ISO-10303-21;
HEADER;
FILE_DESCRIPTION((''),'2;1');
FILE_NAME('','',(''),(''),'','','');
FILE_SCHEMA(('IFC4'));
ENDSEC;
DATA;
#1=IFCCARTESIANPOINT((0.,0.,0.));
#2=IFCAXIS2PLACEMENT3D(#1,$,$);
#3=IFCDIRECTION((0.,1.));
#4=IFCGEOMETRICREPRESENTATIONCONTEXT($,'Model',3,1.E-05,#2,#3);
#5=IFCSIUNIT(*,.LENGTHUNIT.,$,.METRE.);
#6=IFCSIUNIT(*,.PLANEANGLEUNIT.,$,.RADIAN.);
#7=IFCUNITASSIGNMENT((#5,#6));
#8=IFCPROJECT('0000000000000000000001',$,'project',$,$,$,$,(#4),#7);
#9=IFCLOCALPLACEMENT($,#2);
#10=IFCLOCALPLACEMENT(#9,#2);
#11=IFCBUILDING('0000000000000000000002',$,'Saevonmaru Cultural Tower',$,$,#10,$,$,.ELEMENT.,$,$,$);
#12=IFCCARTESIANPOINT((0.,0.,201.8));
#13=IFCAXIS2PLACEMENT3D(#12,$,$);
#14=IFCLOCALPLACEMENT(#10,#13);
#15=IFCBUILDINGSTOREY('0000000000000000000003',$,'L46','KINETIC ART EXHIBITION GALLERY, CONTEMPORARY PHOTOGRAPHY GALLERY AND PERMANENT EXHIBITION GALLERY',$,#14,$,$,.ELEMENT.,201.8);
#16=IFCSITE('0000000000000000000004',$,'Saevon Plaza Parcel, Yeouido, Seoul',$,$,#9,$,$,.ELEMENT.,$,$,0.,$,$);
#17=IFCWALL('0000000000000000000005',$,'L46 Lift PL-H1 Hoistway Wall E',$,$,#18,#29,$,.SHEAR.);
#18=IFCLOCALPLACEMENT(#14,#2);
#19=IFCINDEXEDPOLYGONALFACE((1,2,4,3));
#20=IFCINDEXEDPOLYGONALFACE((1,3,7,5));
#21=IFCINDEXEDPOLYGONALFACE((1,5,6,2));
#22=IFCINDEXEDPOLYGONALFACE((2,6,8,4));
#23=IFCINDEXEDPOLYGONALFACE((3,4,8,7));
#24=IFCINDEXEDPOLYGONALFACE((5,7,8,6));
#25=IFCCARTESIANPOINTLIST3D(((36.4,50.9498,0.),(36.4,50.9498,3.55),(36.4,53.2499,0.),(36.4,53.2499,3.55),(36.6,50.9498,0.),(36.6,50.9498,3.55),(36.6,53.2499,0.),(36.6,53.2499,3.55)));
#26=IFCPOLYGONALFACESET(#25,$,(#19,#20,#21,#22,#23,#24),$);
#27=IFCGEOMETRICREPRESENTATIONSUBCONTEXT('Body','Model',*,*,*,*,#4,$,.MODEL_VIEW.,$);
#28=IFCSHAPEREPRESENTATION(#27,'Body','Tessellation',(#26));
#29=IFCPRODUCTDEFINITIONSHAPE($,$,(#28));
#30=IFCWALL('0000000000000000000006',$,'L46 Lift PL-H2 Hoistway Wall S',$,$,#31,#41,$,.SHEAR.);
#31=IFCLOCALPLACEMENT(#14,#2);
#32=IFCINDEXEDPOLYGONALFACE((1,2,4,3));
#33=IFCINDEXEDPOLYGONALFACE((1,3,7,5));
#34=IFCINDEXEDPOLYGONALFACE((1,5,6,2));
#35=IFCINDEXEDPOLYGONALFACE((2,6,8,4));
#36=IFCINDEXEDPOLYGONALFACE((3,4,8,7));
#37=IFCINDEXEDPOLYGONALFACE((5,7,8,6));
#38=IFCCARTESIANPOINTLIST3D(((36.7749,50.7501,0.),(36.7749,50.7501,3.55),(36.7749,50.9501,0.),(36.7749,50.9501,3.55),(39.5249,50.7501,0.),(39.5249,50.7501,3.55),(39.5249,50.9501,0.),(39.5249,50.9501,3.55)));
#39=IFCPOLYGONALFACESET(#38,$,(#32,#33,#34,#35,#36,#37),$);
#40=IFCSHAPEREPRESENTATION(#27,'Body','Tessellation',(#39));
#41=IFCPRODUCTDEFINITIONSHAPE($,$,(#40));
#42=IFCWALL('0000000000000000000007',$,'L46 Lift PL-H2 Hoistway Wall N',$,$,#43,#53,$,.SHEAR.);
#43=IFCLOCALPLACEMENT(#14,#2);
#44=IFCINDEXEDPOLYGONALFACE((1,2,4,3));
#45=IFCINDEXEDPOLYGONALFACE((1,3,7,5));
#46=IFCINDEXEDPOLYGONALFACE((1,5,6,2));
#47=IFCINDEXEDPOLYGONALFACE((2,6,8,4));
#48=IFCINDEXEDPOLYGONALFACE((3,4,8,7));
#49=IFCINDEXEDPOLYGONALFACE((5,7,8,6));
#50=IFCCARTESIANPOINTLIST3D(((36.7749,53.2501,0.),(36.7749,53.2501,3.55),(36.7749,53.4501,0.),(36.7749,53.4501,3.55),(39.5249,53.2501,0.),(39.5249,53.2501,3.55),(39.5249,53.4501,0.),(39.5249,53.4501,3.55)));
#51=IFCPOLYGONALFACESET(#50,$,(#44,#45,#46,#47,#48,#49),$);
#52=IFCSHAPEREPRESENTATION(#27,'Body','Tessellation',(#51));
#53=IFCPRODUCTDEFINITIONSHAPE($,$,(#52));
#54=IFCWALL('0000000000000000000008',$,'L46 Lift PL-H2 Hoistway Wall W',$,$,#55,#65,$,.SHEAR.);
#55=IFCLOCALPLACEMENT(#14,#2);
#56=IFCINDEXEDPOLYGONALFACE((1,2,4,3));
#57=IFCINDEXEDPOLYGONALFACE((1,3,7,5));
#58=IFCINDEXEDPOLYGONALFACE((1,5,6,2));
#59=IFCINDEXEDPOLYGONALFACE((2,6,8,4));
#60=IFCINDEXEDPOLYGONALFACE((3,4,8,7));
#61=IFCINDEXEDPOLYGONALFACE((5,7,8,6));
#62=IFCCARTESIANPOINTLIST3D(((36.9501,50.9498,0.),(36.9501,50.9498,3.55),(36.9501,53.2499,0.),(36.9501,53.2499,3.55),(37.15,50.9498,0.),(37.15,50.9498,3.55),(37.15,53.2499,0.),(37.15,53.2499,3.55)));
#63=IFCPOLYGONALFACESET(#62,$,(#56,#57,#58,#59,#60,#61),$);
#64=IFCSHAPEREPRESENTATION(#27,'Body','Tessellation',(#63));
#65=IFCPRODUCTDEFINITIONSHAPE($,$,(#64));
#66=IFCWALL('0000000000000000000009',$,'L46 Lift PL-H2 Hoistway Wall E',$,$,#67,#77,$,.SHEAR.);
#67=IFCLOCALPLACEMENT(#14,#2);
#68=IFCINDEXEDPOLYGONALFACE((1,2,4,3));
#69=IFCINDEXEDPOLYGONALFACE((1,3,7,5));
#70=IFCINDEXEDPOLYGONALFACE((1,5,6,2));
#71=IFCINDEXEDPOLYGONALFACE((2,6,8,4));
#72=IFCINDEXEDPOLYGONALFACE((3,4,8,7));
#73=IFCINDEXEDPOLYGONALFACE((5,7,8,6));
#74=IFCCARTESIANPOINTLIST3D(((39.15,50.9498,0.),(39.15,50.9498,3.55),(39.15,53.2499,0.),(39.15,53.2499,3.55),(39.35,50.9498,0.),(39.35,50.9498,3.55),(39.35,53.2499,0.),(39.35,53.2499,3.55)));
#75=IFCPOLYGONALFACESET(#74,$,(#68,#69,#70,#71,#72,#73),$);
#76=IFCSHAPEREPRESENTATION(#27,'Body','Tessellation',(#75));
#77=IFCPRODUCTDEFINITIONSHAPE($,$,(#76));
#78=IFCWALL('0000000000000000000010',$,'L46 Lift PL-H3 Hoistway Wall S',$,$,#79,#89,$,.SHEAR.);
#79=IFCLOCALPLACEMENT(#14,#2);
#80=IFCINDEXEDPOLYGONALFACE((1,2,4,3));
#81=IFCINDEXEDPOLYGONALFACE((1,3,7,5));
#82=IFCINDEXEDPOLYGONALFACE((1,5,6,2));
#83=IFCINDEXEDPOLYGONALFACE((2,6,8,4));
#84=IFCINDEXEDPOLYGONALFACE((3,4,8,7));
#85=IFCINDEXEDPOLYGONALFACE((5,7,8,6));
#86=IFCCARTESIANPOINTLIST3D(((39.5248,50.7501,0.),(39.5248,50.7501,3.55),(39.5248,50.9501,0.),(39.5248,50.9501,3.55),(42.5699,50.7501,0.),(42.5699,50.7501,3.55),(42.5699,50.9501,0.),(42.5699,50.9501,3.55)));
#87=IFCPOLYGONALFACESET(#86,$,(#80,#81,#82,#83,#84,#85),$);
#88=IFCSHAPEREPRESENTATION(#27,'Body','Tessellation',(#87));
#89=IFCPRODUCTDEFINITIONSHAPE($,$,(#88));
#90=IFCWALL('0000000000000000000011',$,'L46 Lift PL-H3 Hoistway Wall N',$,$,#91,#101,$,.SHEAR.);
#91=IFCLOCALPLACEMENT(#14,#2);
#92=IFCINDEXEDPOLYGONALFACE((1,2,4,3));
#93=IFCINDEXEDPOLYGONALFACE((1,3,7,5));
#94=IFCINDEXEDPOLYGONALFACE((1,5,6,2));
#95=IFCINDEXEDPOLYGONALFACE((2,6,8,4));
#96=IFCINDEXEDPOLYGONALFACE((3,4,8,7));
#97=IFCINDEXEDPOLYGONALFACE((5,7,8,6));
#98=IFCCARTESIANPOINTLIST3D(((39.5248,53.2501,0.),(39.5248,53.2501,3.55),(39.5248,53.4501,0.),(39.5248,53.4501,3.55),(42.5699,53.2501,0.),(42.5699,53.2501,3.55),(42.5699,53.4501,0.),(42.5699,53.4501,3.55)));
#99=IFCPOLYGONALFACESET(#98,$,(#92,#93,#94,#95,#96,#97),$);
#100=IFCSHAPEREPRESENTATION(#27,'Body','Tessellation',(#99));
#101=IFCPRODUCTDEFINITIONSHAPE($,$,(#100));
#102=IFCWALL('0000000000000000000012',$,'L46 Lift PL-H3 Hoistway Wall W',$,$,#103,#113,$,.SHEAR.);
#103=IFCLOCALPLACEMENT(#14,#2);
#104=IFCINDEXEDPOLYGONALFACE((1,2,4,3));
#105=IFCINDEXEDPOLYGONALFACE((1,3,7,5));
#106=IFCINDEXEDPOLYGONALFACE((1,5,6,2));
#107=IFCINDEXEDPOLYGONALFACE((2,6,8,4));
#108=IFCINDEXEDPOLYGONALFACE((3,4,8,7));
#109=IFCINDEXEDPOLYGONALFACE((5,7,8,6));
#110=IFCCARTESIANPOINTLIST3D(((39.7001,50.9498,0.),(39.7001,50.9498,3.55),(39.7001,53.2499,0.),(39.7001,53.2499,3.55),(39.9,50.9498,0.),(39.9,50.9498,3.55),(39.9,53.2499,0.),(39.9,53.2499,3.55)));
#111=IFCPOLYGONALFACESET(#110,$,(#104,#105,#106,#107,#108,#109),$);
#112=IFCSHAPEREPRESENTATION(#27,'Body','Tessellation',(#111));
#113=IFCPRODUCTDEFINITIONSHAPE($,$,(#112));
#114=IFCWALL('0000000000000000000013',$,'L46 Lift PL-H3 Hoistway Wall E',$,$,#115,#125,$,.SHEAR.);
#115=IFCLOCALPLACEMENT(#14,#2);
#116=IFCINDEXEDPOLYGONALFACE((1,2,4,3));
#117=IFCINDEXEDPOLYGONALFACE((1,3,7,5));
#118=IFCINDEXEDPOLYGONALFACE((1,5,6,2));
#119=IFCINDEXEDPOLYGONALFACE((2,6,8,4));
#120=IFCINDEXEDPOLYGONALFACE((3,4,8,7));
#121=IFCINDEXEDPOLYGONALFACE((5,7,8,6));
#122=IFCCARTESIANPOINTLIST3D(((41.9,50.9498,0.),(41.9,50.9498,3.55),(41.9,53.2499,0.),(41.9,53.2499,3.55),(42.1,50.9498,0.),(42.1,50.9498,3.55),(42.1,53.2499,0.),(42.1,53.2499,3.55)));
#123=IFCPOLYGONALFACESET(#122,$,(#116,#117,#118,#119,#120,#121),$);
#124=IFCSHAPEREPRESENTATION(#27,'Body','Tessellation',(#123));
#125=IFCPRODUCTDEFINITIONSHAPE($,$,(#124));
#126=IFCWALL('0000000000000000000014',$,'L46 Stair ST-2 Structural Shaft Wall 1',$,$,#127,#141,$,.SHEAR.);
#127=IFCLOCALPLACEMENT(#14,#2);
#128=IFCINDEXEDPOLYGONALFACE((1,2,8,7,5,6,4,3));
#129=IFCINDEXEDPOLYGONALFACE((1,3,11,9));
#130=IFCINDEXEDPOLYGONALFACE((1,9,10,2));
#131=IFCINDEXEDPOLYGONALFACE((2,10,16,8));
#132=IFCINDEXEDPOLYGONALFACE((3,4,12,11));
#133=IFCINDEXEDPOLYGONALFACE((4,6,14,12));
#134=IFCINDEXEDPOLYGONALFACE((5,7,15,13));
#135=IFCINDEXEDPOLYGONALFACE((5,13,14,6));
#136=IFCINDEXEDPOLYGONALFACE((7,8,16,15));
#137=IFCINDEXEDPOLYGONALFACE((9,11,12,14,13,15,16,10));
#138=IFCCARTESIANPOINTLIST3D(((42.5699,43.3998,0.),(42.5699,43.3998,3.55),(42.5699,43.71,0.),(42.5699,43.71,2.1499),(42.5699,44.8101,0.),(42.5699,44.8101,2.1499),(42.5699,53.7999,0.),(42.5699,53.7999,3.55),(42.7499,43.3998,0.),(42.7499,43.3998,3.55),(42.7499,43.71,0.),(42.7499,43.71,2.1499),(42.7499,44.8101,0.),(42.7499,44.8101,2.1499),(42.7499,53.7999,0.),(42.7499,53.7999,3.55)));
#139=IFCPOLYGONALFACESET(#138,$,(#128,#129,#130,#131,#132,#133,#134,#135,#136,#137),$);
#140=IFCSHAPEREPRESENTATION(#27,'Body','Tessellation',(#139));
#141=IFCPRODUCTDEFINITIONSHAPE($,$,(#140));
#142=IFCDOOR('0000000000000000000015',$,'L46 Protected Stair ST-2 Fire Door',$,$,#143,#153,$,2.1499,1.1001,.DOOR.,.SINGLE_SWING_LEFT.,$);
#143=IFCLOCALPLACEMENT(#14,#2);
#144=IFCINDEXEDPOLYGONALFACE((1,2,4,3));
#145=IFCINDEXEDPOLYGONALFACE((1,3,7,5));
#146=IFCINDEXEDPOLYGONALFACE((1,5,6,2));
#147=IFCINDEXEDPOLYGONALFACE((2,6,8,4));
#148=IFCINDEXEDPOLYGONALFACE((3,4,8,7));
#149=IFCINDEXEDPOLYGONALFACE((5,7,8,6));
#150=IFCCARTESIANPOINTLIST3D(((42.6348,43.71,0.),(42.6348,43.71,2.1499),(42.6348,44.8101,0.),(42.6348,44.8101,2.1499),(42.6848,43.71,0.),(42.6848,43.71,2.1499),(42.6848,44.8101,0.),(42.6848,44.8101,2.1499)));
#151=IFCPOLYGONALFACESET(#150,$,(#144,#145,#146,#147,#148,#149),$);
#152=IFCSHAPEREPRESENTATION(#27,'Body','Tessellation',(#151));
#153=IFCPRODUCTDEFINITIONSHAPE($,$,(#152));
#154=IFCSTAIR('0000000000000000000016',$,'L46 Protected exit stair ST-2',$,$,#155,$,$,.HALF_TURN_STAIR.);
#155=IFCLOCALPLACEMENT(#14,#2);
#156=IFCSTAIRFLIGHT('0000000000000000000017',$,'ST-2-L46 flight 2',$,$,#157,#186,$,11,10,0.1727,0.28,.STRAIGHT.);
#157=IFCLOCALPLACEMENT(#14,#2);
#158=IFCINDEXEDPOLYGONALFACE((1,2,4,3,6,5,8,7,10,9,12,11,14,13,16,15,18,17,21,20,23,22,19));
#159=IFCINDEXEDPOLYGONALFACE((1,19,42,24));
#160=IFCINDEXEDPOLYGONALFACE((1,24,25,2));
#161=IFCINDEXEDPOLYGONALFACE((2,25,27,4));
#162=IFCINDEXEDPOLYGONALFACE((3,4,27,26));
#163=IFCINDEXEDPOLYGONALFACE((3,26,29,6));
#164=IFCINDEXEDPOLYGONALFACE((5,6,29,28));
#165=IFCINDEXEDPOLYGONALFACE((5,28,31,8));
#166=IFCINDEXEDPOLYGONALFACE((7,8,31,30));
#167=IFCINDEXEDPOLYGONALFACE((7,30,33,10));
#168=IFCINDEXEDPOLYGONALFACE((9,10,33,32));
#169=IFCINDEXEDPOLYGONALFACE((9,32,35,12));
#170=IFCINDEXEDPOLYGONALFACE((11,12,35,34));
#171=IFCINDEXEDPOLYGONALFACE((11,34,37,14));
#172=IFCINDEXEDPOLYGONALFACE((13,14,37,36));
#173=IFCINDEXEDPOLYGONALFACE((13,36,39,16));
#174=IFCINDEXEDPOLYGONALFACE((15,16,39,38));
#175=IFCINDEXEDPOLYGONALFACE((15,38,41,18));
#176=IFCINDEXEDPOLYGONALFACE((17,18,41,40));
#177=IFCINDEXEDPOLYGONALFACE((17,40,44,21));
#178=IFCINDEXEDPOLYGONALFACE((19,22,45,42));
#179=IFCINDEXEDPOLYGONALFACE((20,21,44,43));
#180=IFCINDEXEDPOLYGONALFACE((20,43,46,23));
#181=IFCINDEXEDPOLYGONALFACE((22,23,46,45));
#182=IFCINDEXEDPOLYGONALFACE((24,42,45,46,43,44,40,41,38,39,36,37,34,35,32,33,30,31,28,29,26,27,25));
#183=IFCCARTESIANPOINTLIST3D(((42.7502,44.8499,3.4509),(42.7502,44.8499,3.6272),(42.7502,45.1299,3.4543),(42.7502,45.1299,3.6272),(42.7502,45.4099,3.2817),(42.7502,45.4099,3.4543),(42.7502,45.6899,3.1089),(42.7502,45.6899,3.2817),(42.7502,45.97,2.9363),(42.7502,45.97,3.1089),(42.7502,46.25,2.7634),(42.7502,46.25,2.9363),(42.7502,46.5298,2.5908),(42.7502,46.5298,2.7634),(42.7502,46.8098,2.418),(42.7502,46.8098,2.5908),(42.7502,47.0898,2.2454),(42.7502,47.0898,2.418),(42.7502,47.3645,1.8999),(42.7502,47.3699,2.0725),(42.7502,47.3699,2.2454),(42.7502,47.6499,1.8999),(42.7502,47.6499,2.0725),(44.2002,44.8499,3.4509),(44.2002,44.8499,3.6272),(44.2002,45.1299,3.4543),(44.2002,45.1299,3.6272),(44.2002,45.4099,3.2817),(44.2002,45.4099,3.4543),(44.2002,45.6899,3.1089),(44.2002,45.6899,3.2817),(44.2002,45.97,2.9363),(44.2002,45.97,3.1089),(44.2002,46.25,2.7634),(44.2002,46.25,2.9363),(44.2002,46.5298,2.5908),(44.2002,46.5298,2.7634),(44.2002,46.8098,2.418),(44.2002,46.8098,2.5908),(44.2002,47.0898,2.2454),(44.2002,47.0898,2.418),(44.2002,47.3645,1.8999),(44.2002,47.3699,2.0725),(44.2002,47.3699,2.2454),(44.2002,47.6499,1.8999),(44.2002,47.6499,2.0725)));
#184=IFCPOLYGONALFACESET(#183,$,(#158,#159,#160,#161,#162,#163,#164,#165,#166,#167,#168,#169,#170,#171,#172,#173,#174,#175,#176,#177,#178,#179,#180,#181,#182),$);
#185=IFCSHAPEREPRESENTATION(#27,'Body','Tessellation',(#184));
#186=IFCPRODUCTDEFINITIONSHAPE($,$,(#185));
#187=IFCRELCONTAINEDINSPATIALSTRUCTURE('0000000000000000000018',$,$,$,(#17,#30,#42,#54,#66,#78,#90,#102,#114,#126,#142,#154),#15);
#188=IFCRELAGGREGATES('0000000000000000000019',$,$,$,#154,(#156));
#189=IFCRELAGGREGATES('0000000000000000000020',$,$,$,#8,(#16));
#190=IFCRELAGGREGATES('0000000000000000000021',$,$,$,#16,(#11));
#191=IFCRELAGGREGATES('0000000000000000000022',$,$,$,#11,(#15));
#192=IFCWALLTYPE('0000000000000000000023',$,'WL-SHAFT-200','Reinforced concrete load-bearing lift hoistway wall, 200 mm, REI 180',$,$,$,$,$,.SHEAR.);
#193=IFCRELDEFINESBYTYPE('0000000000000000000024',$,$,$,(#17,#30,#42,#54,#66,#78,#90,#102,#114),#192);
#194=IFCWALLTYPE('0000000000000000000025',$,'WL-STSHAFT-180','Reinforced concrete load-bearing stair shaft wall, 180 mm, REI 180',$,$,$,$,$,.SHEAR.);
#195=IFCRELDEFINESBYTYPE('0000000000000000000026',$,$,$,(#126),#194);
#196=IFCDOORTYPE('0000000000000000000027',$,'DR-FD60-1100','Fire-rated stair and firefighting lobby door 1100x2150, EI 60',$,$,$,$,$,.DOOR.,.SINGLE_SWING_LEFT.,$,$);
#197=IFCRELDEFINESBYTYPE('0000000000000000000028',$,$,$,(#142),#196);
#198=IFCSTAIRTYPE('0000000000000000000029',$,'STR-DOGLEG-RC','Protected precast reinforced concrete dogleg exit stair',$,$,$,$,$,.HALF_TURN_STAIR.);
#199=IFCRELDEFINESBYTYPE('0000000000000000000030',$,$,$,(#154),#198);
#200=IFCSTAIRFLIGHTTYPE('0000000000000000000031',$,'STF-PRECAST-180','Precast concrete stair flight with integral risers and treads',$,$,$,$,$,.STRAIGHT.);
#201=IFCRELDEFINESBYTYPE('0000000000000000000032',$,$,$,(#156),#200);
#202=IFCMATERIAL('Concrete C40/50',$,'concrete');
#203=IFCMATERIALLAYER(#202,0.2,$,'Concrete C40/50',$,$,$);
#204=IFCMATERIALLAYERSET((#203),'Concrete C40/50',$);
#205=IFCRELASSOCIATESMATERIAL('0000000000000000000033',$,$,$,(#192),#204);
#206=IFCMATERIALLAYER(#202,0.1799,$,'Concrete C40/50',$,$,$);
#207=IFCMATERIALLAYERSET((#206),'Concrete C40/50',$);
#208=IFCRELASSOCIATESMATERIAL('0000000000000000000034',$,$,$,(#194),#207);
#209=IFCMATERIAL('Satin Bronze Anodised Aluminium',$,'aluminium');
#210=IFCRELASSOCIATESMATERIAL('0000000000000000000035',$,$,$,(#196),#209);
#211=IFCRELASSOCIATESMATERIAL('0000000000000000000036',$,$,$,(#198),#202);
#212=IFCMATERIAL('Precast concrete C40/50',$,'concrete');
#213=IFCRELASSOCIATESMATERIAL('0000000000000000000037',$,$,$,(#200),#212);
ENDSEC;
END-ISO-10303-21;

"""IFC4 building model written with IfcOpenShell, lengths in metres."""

from ifc_helpers import new_model, si_unit, direction, frame, frame_2d, origin, place, context, subcontext, project, spatial, polyline, rectangle, outline, extrude, material, layer, layer_set, type_object, element, fill, aggregate, save


model = new_model("IFC4")

# Units and contexts
model_context = context("Model", 3, precision=1e-05, world=origin(), true_north=direction((0.0, 1.0)))
body_context = subcontext(model_context, "Body", "Model", "MODEL_VIEW")
ifc_project = project(units=[si_unit("LENGTHUNIT", "METRE"), si_unit("PLANEANGLEUNIT", "RADIAN")], contexts=[model_context])

# Site, building, storey
site_placement = place(None, origin())
site = spatial("IfcSite", under=ifc_project, at=site_placement, Name="Saevon Plaza Parcel, Yeouido, Seoul", CompositionType="ELEMENT", RefElevation=0.0)
building_placement = place(site_placement, origin())
building = spatial("IfcBuilding", under=site, at=building_placement, Name="Saevonmaru Cultural Tower", CompositionType="ELEMENT")
storey_placement = place(building_placement, frame((0.0, 0.0, 201.8)))
storey = spatial("IfcBuildingStorey", under=building, at=storey_placement, Name="L46", Description="KINETIC ART EXHIBITION GALLERY, CONTEMPORARY PHOTOGRAPHY GALLERY AND PERMANENT EXHIBITION GALLERY", CompositionType="ELEMENT", Elevation=201.8)

# Shared definitions
ifc_material_1 = material(Name="Satin Bronze Anodised Aluminium", Category="aluminium")

# Walls
ifc_material_2 = material(Name="Concrete C40/50", Category="concrete")
ifc_layer_1 = layer(ifc_material_2, 0.2, Name="Concrete C40/50")
ifc_layer_set_1 = layer_set([ifc_layer_1], Name="Concrete C40/50")
wall_type_1 = type_object("IfcWallType", Name="WL-SHAFT-200", Description="Reinforced concrete load-bearing lift hoistway wall, 200 mm, REI 180", PredefinedType="SHEAR", material=ifc_layer_set_1)
wall_1_placement = place(storey_placement, frame((36.5, 50.95, 0.0), z_axis=(0.0, 0.0, 1.0), x_axis=(0.0, 1.0, 0.0)))
element("IfcWall", 1, at=wall_1_placement, inside=storey, type_object=wall_type_1, Name="L46 Lift PL-H1 Hoistway Wall E", PredefinedType="SHEAR", context=body_context, shape_type="SweptSolid", body=[
    extrude(rectangle(XDim=2.3, YDim=0.2, at=frame_2d((1.1499, 0.0))), origin(), (0.0, 0.0, 1.0), 3.55),
])
for number, where, z_axis, x_axis, name in (
    (2, (36.7749, 50.8501, 0.0), (0.0, 0.0, 1.0), (1.0, 0.0, 0.0), "L46 Lift PL-H2 Hoistway Wall S"),
    (3, (36.7749, 53.3501, 0.0), (0.0, 0.0, 1.0), (1.0, 0.0, 0.0), "L46 Lift PL-H2 Hoistway Wall N"),
):
    element("IfcWall", number, at=place(storey_placement, frame(where, z_axis=z_axis, x_axis=x_axis)), inside=storey, type_object=wall_type_1, Name=name, PredefinedType="SHEAR", context=body_context, shape_type="SweptSolid", body=[
        extrude(rectangle(XDim=2.75, YDim=0.2, at=frame_2d((1.375, 0.0))), origin(), (0.0, 0.0, 1.0), 3.55),
    ])
for number, where, z_axis, x_axis, name in (
    (4, (37.05, 50.95, 0.0), (0.0, 0.0, 1.0), (0.0, 1.0, 0.0), "L46 Lift PL-H2 Hoistway Wall W"),
    (5, (39.25, 50.95, 0.0), (0.0, 0.0, 1.0), (0.0, 1.0, 0.0), "L46 Lift PL-H2 Hoistway Wall E"),
):
    element("IfcWall", number, at=place(storey_placement, frame(where, z_axis=z_axis, x_axis=x_axis)), inside=storey, type_object=wall_type_1, Name=name, PredefinedType="SHEAR", context=body_context, shape_type="SweptSolid", body=[
        extrude(rectangle(XDim=2.3, YDim=0.2, at=frame_2d((1.1499, 0.0))), origin(), (0.0, 0.0, 1.0), 3.55),
    ])
for number, where, z_axis, x_axis, name in (
    (6, (39.5249, 50.8501, 0.0), (0.0, 0.0, 1.0), (1.0, 0.0, 0.0), "L46 Lift PL-H3 Hoistway Wall S"),
    (7, (39.5249, 53.3501, 0.0), (0.0, 0.0, 1.0), (1.0, 0.0, 0.0), "L46 Lift PL-H3 Hoistway Wall N"),
):
    element("IfcWall", number, at=place(storey_placement, frame(where, z_axis=z_axis, x_axis=x_axis)), inside=storey, type_object=wall_type_1, Name=name, PredefinedType="SHEAR", context=body_context, shape_type="SweptSolid", body=[
        extrude(rectangle(XDim=3.0452, YDim=0.2, at=frame_2d((1.5225, 0.0))), origin(), (0.0, 0.0, 1.0), 3.55),
    ])
for number, where, z_axis, x_axis, name in (
    (8, (39.8, 50.95, 0.0), (0.0, 0.0, 1.0), (0.0, 1.0, 0.0), "L46 Lift PL-H3 Hoistway Wall W"),
    (9, (42.0, 50.95, 0.0), (0.0, 0.0, 1.0), (0.0, 1.0, 0.0), "L46 Lift PL-H3 Hoistway Wall E"),
):
    element("IfcWall", number, at=place(storey_placement, frame(where, z_axis=z_axis, x_axis=x_axis)), inside=storey, type_object=wall_type_1, Name=name, PredefinedType="SHEAR", context=body_context, shape_type="SweptSolid", body=[
        extrude(rectangle(XDim=2.3, YDim=0.2, at=frame_2d((1.1499, 0.0))), origin(), (0.0, 0.0, 1.0), 3.55),
    ])

# Wall, opening, door
ifc_layer_2 = layer(ifc_material_2, 0.1799, Name="Concrete C40/50")
ifc_layer_set_2 = layer_set([ifc_layer_2], Name="Concrete C40/50")
wall_type_2 = type_object("IfcWallType", Name="WL-STSHAFT-180", Description="Reinforced concrete load-bearing stair shaft wall, 180 mm, REI 180", PredefinedType="SHEAR", material=ifc_layer_set_2)
wall_2_placement = place(storey_placement, frame((42.6599, 53.8, 0.0), z_axis=(0.0, 0.0, 1.0), x_axis=(0.0, -1.0, 0.0)))
wall_2 = element("IfcWall", 10, at=wall_2_placement, inside=storey, type_object=wall_type_2, Name="L46 Stair ST-2 Structural Shaft Wall 1", PredefinedType="SHEAR", context=body_context, shape_type="SweptSolid", body=[
    extrude(rectangle(XDim=10.4001, YDim=0.1799, at=frame_2d((5.2002, 0.0))), origin(), (0.0, 0.0, 1.0), 3.55),
])
opening_placement = place(wall_2_placement, frame((8.99, 0.0, 0.0)))
opening = element("IfcOpeningElement", 11, at=opening_placement, cuts=wall_2, PredefinedType="OPENING", context=body_context, shape_type="SweptSolid", body=[
    extrude(rectangle(XDim=1.1001, YDim=2.1499, at=frame_2d((0.55, 1.075))), frame((0.0, 0.1001, 0.0), z_axis=(0.0, -1.0, 0.0), x_axis=(1.0, 0.0, 0.0)), (0.0, 0.0, 1.0), 0.2),
])
door_type = type_object("IfcDoorType", Name="DR-FD60-1100", Description="Fire-rated stair and firefighting lobby door 1100x2150, EI 60", OperationType="SINGLE_SWING_LEFT", PredefinedType="DOOR", material=ifc_material_1)
door_placement = place(opening_placement, origin())
door = element("IfcDoor", 12, at=door_placement, inside=storey, type_object=door_type, Name="L46 Protected Stair ST-2 Fire Door", OperationType="SINGLE_SWING_LEFT", OverallHeight=2.1499, OverallWidth=1.1001, PredefinedType="DOOR", context=body_context, shape_type="SweptSolid", body=[
    extrude(rectangle(XDim=1.1001, YDim=2.1499, at=frame_2d((0.55, 1.075))), frame((0.0, 0.0249, 0.0), z_axis=(0.0, -1.0, 0.0), x_axis=(1.0, 0.0, 0.0)), (0.0, 0.0, 1.0), 0.05),
])
fill(opening, door)

# Stair, stair flight
stair_type = type_object("IfcStairType", Name="STR-DOGLEG-RC", Description="Protected precast reinforced concrete dogleg exit stair", PredefinedType="HALF_TURN_STAIR", material=ifc_material_2)
stair_placement = place(storey_placement, origin())
stair = element("IfcStair", 13, at=stair_placement, inside=storey, type_object=stair_type, Name="L46 Protected exit stair ST-2", PredefinedType="HALF_TURN_STAIR")
ifc_material_3 = material(Name="Precast concrete C40/50", Category="concrete")
stair_flight_type = type_object("IfcStairFlightType", Name="STF-PRECAST-180", Description="Precast concrete stair flight with integral risers and treads", PredefinedType="STRAIGHT", material=ifc_material_3)
stair_flight_placement = place(storey_placement, frame((43.4751, 47.6499, 1.8999), z_axis=(0.0, 0.0, 1.0), x_axis=(0.0, -1.0, 0.0)))
stair_flight = element("IfcStairFlight", 14, at=stair_flight_placement, type_object=stair_flight_type, Name="ST-2-L46 flight 2", NumberOfRisers=11, NumberOfTreads=10, PredefinedType="STRAIGHT", RiserHeight=0.1727, TreadLength=0.28, context=body_context, shape_type="SweptSolid", body=[
    extrude(outline(polyline([(0.0, 0.0), (0.0, 0.1726), (0.28, 0.1726), (0.28, 0.3455), (0.5601, 0.3455), (0.5601, 0.5181), (0.8401, 0.5181), (0.8401, 0.6909), (1.1201, 0.6909), (1.1201, 0.8635), (1.3999, 0.8635), (1.3999, 1.0364), (1.6799, 1.0364), (1.6799, 1.209), (1.96, 1.209), (1.96, 1.3818), (2.24, 1.3818), (2.24, 1.5544), (2.52, 1.5544), (2.52, 1.7273), (2.8, 1.7273), (2.8, 1.8999), (2.8, 1.551), (0.2854, 0.0), (0.0, 0.0)])), frame((0.0, 0.7251, 0.0), z_axis=(0.0, -1.0, 0.0), x_axis=(1.0, 0.0, 0.0)), (0.0, 0.0, 1.0), 1.45),
])
aggregate(stair, [stair_flight])

save(model, "model.ifc")
